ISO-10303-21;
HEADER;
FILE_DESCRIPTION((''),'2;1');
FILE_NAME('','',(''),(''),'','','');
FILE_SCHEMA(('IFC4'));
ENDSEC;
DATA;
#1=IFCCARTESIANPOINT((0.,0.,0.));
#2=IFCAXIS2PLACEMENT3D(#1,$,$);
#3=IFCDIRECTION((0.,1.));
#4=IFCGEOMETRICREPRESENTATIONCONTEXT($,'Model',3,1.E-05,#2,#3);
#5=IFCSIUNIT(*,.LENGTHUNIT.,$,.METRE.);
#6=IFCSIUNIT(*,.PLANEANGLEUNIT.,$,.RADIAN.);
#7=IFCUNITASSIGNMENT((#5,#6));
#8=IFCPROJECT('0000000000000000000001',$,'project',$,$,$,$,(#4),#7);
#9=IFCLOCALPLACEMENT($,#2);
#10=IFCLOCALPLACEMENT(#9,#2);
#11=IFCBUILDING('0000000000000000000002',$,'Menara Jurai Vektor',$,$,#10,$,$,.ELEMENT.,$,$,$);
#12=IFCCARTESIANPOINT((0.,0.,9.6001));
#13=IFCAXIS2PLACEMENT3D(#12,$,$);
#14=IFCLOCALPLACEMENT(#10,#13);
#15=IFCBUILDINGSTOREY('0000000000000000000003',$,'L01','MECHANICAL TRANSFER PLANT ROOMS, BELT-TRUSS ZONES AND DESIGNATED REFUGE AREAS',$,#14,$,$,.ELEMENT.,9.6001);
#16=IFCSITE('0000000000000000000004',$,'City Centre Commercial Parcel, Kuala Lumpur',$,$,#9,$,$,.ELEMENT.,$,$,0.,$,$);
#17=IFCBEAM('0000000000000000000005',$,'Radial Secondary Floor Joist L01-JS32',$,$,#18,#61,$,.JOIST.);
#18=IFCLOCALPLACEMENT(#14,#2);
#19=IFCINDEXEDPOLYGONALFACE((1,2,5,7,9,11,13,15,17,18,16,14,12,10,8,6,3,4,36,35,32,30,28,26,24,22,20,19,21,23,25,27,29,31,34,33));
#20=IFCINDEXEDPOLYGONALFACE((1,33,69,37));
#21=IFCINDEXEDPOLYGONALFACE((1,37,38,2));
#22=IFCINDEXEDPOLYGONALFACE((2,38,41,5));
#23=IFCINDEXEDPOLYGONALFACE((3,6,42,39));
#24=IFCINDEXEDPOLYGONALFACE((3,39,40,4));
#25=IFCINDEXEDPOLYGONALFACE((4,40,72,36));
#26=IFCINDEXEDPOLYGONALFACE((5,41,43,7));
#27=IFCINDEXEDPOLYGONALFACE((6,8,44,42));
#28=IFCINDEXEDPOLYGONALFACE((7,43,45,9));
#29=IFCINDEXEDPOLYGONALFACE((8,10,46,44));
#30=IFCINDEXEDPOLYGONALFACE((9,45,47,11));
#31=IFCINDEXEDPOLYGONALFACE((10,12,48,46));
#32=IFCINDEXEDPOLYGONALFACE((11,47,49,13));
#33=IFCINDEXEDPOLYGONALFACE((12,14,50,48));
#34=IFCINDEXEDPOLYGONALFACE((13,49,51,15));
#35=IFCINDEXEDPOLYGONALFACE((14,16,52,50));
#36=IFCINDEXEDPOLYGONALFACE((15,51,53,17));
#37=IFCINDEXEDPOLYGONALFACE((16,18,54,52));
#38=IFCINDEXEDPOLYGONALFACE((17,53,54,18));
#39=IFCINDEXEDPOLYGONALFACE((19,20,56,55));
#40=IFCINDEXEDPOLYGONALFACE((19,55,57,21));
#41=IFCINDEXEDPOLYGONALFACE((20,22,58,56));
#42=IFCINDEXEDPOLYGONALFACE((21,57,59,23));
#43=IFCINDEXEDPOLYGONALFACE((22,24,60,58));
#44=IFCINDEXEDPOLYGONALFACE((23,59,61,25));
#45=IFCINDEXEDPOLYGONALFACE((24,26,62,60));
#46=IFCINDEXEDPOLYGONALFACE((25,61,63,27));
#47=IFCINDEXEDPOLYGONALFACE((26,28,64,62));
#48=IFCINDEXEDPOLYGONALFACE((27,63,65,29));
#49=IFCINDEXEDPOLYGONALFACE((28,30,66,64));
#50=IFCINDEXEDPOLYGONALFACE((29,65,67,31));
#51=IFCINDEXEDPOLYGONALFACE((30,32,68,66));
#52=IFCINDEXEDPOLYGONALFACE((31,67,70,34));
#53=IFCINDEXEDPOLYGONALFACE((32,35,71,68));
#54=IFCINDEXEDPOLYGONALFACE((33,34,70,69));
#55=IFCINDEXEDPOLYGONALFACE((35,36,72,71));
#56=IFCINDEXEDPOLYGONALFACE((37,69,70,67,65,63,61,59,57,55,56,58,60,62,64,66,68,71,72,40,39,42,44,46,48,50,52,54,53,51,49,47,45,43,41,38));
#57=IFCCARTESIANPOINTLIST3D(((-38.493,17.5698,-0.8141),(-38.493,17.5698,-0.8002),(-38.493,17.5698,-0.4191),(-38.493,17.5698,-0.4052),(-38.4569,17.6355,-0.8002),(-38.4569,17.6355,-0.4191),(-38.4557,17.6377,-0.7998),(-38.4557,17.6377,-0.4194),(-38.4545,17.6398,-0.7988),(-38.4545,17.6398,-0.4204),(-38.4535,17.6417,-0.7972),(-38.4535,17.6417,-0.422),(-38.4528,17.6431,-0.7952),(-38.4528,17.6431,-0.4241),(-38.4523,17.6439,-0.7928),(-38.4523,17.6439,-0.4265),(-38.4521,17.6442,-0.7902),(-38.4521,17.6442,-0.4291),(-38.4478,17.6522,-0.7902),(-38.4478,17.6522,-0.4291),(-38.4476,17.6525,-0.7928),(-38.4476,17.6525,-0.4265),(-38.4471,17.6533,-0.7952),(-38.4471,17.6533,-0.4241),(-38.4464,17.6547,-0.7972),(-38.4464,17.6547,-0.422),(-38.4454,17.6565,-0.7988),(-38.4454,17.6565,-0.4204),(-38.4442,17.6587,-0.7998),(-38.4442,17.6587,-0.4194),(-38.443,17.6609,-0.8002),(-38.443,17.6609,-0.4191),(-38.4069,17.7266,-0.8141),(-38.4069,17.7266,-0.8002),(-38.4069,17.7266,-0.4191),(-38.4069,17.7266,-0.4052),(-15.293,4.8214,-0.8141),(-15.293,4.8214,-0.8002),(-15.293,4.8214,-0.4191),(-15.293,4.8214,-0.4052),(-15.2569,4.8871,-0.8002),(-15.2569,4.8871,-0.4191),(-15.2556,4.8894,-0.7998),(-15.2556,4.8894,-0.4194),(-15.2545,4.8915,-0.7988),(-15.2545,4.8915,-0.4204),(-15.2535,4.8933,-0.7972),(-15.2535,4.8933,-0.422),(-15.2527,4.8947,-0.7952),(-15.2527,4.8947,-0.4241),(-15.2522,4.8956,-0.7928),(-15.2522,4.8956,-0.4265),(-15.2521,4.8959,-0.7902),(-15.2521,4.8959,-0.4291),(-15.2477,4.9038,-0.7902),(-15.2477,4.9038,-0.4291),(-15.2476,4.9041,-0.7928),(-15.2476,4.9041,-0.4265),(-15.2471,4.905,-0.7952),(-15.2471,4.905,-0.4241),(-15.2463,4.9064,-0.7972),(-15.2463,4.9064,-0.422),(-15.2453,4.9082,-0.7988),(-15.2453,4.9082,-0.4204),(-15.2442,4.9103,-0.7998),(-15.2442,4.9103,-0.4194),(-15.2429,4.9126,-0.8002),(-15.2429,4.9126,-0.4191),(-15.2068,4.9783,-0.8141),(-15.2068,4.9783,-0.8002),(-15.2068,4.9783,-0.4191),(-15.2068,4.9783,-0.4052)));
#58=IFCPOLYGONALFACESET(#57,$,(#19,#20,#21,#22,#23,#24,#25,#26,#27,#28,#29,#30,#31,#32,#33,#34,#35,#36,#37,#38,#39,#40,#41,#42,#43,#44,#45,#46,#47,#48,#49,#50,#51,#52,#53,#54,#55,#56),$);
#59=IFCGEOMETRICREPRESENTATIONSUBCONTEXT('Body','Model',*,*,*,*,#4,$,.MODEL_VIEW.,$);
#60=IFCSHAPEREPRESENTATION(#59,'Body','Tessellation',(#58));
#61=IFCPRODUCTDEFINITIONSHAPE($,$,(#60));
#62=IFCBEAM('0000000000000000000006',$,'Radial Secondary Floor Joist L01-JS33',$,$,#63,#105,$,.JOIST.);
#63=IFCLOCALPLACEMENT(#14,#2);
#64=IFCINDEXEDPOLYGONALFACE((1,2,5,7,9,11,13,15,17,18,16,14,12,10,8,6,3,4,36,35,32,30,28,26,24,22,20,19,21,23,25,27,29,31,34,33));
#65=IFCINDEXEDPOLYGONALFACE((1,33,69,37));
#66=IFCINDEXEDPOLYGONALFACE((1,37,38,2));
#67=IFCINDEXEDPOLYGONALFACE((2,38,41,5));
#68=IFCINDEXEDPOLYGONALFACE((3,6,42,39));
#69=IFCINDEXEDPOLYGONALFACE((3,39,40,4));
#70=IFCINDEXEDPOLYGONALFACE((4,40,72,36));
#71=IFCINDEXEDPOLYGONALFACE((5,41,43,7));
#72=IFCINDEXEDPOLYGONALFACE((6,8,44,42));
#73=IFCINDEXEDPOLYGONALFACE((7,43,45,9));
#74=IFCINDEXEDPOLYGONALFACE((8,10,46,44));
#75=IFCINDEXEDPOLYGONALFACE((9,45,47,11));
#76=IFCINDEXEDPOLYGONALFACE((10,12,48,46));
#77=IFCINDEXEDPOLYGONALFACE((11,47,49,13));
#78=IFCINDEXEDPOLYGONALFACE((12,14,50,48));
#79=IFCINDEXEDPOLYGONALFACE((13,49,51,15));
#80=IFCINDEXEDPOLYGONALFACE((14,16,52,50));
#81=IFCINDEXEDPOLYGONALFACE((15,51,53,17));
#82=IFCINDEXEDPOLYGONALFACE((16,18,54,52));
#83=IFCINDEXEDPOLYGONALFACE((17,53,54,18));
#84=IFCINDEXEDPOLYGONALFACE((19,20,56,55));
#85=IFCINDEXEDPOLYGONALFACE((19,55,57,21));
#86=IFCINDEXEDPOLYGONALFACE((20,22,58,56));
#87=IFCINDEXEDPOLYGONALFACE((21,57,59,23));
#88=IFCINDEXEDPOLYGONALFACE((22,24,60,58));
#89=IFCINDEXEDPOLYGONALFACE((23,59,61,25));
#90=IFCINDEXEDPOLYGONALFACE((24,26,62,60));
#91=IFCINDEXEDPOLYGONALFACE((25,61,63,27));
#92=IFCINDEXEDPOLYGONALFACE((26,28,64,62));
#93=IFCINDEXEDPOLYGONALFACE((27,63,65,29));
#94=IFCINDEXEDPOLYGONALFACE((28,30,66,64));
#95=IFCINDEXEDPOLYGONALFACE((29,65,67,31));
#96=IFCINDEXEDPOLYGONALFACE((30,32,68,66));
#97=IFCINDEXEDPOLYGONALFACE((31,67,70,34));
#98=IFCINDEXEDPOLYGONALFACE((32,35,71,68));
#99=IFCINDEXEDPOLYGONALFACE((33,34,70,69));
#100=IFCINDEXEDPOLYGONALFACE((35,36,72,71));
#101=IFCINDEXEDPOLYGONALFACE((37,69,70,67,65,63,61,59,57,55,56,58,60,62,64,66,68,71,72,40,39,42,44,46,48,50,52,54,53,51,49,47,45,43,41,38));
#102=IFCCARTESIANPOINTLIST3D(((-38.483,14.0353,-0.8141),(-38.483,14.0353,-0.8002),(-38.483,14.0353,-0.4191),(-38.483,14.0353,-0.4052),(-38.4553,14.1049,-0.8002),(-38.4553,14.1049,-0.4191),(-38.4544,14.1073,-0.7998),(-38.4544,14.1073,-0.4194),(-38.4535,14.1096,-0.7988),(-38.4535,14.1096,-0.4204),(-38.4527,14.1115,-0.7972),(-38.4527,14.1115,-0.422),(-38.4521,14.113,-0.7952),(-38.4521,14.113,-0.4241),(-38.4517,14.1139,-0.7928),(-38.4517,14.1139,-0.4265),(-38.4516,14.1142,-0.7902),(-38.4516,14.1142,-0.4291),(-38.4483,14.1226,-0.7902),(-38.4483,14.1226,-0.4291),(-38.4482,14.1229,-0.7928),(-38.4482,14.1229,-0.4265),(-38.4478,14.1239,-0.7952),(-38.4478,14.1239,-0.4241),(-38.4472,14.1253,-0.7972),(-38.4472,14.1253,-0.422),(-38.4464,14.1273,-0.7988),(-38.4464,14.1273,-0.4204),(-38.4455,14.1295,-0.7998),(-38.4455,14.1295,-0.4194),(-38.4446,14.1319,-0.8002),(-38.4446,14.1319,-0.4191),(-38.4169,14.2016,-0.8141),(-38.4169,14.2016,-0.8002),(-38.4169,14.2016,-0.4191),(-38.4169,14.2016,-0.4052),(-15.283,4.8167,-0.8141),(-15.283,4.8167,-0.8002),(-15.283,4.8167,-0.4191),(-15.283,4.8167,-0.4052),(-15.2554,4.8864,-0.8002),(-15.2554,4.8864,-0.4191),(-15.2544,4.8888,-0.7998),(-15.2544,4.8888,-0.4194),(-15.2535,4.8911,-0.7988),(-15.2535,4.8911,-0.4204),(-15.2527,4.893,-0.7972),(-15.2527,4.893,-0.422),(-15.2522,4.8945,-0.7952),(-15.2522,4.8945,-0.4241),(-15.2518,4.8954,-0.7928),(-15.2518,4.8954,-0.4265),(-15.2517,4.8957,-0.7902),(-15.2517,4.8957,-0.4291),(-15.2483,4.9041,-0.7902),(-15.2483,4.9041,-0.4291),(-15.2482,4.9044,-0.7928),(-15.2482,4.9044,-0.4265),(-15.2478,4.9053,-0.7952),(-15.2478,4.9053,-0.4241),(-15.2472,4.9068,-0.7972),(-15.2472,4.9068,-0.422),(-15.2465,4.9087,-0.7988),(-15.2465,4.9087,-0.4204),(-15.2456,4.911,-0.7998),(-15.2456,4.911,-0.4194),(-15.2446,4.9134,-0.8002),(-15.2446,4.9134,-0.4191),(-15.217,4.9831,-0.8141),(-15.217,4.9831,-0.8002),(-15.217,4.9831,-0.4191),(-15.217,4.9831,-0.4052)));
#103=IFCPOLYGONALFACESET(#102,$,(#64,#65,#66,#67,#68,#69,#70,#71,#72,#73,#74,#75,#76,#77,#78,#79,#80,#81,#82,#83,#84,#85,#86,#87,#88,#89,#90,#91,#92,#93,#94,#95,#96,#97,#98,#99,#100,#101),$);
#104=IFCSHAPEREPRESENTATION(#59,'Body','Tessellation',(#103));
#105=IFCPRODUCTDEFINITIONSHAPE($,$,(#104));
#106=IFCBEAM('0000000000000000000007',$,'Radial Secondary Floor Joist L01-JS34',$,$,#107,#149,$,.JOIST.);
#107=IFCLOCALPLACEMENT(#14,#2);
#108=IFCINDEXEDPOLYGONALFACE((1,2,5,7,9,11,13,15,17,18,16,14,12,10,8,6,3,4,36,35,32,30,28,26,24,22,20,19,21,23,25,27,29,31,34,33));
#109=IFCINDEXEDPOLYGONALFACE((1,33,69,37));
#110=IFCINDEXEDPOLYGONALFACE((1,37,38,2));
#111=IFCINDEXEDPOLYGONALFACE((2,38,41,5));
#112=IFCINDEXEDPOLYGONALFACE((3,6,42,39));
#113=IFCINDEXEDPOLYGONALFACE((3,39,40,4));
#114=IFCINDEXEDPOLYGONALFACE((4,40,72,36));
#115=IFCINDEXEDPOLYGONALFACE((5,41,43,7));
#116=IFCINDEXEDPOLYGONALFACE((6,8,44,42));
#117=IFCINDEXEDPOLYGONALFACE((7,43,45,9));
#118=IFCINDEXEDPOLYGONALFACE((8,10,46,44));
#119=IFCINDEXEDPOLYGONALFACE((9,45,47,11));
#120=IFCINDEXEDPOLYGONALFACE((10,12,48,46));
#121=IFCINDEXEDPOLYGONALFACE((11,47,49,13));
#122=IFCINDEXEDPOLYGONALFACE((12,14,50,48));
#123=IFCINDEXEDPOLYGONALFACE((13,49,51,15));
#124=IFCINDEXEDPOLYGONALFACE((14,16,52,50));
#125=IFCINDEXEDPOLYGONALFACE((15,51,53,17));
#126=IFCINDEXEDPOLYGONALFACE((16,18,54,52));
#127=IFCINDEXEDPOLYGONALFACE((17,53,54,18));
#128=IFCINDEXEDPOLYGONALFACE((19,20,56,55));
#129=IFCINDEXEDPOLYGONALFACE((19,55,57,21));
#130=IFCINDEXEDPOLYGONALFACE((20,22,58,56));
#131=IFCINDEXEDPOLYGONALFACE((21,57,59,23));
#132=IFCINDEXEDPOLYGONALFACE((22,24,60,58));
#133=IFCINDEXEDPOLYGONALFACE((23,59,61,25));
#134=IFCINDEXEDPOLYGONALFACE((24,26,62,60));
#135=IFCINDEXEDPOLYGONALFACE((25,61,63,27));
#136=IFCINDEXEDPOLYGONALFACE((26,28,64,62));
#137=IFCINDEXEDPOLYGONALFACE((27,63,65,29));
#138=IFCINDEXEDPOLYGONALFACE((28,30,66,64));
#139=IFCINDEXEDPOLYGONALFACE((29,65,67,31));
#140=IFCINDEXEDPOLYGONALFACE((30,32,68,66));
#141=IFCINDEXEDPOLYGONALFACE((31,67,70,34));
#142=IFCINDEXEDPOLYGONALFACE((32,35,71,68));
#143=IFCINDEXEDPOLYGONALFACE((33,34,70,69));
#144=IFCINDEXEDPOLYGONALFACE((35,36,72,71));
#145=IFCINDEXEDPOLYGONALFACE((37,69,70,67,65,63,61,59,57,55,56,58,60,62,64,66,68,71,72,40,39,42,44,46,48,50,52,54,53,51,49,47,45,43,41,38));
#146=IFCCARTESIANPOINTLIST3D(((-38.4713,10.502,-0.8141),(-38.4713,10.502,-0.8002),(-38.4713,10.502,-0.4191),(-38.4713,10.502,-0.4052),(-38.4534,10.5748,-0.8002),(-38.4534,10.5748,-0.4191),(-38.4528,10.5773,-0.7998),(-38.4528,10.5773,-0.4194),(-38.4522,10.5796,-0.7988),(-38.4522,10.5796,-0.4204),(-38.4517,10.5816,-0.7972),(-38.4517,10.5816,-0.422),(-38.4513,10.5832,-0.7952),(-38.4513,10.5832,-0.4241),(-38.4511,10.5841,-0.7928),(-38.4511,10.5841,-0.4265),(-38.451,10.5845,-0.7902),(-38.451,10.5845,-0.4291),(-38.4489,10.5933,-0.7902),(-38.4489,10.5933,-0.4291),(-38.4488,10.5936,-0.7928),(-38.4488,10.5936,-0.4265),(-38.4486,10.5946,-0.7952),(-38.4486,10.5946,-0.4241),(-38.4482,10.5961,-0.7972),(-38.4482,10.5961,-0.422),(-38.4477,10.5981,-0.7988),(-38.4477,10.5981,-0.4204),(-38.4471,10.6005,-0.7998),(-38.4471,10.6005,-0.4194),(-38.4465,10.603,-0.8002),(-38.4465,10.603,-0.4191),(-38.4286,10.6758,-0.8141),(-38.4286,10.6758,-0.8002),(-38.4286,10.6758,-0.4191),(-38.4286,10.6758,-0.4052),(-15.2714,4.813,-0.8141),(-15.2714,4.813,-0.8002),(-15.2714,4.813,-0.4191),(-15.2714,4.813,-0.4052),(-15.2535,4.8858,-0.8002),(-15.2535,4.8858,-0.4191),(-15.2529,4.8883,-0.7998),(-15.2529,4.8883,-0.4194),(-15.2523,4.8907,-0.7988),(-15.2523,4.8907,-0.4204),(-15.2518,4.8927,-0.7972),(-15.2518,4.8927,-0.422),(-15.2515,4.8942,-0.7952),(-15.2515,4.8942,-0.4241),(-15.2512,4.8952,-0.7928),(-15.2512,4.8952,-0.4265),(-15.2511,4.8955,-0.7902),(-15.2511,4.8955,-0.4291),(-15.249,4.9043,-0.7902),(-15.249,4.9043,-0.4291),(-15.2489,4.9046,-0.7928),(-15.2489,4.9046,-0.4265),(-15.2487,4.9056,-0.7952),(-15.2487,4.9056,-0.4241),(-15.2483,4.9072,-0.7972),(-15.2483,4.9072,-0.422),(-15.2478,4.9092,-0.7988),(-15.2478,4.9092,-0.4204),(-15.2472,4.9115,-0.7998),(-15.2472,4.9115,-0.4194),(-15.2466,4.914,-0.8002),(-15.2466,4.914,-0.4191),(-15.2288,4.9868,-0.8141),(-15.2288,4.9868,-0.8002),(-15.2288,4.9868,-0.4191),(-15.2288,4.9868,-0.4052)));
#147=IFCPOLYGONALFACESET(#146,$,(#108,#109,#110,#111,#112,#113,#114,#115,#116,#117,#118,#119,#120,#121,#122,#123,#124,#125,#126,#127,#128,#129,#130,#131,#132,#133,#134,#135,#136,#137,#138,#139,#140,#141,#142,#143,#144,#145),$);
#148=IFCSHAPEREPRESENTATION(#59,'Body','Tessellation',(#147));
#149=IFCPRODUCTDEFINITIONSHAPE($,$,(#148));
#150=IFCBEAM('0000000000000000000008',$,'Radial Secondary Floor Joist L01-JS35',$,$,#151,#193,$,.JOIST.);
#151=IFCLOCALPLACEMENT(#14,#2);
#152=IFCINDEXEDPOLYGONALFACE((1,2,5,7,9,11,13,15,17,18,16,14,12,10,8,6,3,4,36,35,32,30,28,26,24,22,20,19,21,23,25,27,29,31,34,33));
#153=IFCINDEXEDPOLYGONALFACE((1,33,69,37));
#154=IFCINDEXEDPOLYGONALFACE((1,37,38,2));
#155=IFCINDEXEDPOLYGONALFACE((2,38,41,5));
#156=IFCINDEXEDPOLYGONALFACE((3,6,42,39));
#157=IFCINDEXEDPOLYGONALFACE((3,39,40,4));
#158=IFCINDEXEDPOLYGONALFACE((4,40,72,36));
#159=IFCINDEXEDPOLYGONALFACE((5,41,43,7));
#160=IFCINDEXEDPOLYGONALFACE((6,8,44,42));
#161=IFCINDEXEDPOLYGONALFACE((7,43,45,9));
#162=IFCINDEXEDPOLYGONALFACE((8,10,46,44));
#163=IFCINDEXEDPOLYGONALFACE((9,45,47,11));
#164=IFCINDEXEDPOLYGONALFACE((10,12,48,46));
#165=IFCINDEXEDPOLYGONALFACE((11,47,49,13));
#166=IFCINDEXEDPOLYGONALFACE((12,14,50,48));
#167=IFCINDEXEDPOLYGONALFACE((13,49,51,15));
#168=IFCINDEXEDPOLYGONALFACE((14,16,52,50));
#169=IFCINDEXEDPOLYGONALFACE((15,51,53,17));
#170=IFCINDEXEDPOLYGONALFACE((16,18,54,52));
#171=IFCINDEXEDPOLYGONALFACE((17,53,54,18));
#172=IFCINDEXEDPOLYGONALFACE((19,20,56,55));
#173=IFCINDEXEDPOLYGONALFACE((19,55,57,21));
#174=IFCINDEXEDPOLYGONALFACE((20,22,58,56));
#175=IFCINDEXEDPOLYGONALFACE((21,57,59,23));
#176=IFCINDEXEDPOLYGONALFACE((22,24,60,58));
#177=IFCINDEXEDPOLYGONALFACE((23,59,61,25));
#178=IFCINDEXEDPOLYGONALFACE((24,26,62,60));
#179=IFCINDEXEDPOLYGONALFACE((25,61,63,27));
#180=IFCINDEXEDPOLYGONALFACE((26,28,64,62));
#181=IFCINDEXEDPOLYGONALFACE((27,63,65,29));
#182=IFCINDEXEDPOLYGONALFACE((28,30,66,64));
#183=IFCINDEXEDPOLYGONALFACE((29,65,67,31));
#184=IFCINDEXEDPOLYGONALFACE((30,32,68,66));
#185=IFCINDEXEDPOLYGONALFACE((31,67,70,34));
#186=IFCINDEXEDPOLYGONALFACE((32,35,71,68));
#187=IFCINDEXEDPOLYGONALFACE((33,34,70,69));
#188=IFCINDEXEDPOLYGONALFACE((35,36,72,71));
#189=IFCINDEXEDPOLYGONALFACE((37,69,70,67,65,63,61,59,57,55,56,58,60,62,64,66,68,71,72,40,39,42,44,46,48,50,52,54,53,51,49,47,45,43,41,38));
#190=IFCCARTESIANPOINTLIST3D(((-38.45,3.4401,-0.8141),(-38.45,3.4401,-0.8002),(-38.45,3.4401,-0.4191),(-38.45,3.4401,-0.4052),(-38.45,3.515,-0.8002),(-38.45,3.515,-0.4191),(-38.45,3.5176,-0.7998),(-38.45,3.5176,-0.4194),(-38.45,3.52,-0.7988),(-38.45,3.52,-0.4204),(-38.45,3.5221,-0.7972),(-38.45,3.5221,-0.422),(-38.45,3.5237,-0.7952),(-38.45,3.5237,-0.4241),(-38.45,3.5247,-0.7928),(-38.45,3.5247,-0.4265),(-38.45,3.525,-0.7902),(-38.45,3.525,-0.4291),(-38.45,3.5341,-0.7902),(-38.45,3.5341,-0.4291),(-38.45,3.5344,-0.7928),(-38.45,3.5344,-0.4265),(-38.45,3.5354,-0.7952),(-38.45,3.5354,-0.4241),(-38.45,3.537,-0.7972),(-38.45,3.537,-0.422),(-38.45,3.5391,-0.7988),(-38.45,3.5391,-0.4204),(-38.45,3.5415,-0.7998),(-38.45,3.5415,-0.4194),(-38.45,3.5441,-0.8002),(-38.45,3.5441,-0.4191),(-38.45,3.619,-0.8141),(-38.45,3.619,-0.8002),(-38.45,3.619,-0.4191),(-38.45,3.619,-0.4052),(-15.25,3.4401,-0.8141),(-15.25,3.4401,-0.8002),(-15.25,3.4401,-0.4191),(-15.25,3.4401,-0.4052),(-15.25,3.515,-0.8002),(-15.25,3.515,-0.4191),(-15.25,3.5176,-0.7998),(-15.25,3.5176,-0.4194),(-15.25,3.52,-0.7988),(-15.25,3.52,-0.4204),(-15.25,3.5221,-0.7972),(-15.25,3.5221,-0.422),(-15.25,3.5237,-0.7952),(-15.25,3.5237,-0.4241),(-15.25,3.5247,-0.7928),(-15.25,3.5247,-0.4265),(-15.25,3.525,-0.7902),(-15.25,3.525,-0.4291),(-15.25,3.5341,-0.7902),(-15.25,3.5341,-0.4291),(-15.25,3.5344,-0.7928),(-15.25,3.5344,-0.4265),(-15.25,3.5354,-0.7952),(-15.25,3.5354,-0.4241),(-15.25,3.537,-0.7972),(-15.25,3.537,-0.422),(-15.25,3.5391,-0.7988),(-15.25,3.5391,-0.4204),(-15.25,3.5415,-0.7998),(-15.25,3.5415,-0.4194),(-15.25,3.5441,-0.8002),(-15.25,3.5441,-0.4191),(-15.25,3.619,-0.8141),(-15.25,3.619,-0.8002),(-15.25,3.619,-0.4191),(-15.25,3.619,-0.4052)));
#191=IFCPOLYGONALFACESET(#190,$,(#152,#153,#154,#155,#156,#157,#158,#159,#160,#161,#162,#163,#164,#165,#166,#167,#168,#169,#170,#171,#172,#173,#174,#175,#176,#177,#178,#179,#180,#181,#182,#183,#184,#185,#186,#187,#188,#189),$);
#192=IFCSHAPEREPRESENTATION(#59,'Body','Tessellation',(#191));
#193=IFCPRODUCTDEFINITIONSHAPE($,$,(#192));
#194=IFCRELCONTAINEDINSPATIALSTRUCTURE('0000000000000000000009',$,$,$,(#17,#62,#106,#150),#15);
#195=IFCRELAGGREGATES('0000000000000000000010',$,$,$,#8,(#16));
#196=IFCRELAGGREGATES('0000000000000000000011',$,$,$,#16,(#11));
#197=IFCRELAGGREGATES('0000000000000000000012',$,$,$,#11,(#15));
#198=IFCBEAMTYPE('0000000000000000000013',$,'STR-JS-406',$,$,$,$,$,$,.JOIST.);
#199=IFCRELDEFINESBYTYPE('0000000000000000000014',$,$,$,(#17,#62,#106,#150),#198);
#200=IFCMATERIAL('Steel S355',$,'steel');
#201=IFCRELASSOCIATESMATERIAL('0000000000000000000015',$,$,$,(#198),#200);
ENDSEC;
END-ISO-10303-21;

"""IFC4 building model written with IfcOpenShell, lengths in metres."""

from ifc_helpers import new_model, si_unit, direction, frame, origin, origin_2d, place, context, subcontext, project, spatial, i_section, extrude, material, material_profile, profile_set, type_object, element, save


model = new_model("IFC4")

# Units and contexts
model_context = context("Model", 3, precision=1e-05, world=origin(), true_north=direction((0.0, 1.0)))
body_context = subcontext(model_context, "Body", "Model", "MODEL_VIEW")
ifc_project = project(units=[si_unit("LENGTHUNIT", "METRE"), si_unit("PLANEANGLEUNIT", "RADIAN")], contexts=[model_context])

# Site, building, storey
site_placement = place(None, origin())
site = spatial("IfcSite", under=ifc_project, at=site_placement, Name="City Centre Commercial Parcel, Kuala Lumpur", CompositionType="ELEMENT", RefElevation=0.0)
building_placement = place(site_placement, origin())
building = spatial("IfcBuilding", under=site, at=building_placement, Name="Menara Jurai Vektor", CompositionType="ELEMENT")
storey_placement = place(building_placement, frame((0.0, 0.0, 9.6001)))
storey = spatial("IfcBuildingStorey", under=building, at=storey_placement, Name="L01", Description="MECHANICAL TRANSFER PLANT ROOMS, BELT-TRUSS ZONES AND DESIGNATED REFUGE AREAS", CompositionType="ELEMENT", Elevation=9.6001)

# Beams
ifc_material_1 = material(Name="Steel S355", Category="steel")
ifc_material_profile_1 = material_profile(ifc_material_1, i_section(OverallWidth=0.179, OverallDepth=0.4089, WebThickness=0.009, FlangeThickness=0.0139, FilletRadius=0.01, at=origin_2d()), Name="UKB 406x178x67")
ifc_profile_set_1 = profile_set([ifc_material_profile_1], Name="Steel S355")
beam_type_1 = type_object("IfcBeamType", Name="STR-JS-406", PredefinedType="JOIST", material=ifc_profile_set_1)
beam_1_placement = place(storey_placement, frame((-38.45, 17.6482, -0.6096), z_axis=(0.876402, -0.48158, 0.0), x_axis=(0.48158, 0.876402, 0.0)))
element("IfcBeam", 1, at=beam_1_placement, inside=storey, type_object=beam_type_1, Name="Radial Secondary Floor Joist L01-JS32", PredefinedType="JOIST", context=body_context, shape_type="SweptSolid", body=[
    extrude(i_section(OverallWidth=0.179, OverallDepth=0.4089, WebThickness=0.009, FlangeThickness=0.0139, FilletRadius=0.01, at=origin_2d()), origin(), (0.0, 0.0, 1.0), 26.4719),
])
beam_2_placement = place(storey_placement, frame((-38.45, 14.1184, -0.6096), z_axis=(0.929323, -0.369267, 0.0), x_axis=(0.369267, 0.929323, 0.0)))
element("IfcBeam", 2, at=beam_2_placement, inside=storey, type_object=beam_type_1, Name="Radial Secondary Floor Joist L01-JS33", PredefinedType="JOIST", context=body_context, shape_type="SweptSolid", body=[
    extrude(i_section(OverallWidth=0.179, OverallDepth=0.4089, WebThickness=0.009, FlangeThickness=0.0139, FilletRadius=0.01, at=origin_2d()), origin(), (0.0, 0.0, 1.0), 24.9644),
])
beam_3_placement = place(storey_placement, frame((-38.45, 10.5889, -0.6096), z_axis=(0.971226, -0.238159, 0.0), x_axis=(0.238159, 0.971226, 0.0)))
element("IfcBeam", 3, at=beam_3_placement, inside=storey, type_object=beam_type_1, Name="Radial Secondary Floor Joist L01-JS34", PredefinedType="JOIST", context=body_context, shape_type="SweptSolid", body=[
    extrude(i_section(OverallWidth=0.179, OverallDepth=0.4089, WebThickness=0.009, FlangeThickness=0.0139, FilletRadius=0.01, at=origin_2d()), origin(), (0.0, 0.0, 1.0), 23.8872),
])
beam_4_placement = place(storey_placement, frame((-38.45, 3.5295, -0.6096), z_axis=(1.0, 0.0, 0.0), x_axis=(0.0, 1.0, 0.0)))
element("IfcBeam", 4, at=beam_4_placement, inside=storey, type_object=beam_type_1, Name="Radial Secondary Floor Joist L01-JS35", PredefinedType="JOIST", context=body_context, shape_type="SweptSolid", body=[
    extrude(i_section(OverallWidth=0.179, OverallDepth=0.4089, WebThickness=0.009, FlangeThickness=0.0139, FilletRadius=0.01, at=origin_2d()), origin(), (0.0, 0.0, 1.0), 23.2),
])

save(model, "model.ifc")
